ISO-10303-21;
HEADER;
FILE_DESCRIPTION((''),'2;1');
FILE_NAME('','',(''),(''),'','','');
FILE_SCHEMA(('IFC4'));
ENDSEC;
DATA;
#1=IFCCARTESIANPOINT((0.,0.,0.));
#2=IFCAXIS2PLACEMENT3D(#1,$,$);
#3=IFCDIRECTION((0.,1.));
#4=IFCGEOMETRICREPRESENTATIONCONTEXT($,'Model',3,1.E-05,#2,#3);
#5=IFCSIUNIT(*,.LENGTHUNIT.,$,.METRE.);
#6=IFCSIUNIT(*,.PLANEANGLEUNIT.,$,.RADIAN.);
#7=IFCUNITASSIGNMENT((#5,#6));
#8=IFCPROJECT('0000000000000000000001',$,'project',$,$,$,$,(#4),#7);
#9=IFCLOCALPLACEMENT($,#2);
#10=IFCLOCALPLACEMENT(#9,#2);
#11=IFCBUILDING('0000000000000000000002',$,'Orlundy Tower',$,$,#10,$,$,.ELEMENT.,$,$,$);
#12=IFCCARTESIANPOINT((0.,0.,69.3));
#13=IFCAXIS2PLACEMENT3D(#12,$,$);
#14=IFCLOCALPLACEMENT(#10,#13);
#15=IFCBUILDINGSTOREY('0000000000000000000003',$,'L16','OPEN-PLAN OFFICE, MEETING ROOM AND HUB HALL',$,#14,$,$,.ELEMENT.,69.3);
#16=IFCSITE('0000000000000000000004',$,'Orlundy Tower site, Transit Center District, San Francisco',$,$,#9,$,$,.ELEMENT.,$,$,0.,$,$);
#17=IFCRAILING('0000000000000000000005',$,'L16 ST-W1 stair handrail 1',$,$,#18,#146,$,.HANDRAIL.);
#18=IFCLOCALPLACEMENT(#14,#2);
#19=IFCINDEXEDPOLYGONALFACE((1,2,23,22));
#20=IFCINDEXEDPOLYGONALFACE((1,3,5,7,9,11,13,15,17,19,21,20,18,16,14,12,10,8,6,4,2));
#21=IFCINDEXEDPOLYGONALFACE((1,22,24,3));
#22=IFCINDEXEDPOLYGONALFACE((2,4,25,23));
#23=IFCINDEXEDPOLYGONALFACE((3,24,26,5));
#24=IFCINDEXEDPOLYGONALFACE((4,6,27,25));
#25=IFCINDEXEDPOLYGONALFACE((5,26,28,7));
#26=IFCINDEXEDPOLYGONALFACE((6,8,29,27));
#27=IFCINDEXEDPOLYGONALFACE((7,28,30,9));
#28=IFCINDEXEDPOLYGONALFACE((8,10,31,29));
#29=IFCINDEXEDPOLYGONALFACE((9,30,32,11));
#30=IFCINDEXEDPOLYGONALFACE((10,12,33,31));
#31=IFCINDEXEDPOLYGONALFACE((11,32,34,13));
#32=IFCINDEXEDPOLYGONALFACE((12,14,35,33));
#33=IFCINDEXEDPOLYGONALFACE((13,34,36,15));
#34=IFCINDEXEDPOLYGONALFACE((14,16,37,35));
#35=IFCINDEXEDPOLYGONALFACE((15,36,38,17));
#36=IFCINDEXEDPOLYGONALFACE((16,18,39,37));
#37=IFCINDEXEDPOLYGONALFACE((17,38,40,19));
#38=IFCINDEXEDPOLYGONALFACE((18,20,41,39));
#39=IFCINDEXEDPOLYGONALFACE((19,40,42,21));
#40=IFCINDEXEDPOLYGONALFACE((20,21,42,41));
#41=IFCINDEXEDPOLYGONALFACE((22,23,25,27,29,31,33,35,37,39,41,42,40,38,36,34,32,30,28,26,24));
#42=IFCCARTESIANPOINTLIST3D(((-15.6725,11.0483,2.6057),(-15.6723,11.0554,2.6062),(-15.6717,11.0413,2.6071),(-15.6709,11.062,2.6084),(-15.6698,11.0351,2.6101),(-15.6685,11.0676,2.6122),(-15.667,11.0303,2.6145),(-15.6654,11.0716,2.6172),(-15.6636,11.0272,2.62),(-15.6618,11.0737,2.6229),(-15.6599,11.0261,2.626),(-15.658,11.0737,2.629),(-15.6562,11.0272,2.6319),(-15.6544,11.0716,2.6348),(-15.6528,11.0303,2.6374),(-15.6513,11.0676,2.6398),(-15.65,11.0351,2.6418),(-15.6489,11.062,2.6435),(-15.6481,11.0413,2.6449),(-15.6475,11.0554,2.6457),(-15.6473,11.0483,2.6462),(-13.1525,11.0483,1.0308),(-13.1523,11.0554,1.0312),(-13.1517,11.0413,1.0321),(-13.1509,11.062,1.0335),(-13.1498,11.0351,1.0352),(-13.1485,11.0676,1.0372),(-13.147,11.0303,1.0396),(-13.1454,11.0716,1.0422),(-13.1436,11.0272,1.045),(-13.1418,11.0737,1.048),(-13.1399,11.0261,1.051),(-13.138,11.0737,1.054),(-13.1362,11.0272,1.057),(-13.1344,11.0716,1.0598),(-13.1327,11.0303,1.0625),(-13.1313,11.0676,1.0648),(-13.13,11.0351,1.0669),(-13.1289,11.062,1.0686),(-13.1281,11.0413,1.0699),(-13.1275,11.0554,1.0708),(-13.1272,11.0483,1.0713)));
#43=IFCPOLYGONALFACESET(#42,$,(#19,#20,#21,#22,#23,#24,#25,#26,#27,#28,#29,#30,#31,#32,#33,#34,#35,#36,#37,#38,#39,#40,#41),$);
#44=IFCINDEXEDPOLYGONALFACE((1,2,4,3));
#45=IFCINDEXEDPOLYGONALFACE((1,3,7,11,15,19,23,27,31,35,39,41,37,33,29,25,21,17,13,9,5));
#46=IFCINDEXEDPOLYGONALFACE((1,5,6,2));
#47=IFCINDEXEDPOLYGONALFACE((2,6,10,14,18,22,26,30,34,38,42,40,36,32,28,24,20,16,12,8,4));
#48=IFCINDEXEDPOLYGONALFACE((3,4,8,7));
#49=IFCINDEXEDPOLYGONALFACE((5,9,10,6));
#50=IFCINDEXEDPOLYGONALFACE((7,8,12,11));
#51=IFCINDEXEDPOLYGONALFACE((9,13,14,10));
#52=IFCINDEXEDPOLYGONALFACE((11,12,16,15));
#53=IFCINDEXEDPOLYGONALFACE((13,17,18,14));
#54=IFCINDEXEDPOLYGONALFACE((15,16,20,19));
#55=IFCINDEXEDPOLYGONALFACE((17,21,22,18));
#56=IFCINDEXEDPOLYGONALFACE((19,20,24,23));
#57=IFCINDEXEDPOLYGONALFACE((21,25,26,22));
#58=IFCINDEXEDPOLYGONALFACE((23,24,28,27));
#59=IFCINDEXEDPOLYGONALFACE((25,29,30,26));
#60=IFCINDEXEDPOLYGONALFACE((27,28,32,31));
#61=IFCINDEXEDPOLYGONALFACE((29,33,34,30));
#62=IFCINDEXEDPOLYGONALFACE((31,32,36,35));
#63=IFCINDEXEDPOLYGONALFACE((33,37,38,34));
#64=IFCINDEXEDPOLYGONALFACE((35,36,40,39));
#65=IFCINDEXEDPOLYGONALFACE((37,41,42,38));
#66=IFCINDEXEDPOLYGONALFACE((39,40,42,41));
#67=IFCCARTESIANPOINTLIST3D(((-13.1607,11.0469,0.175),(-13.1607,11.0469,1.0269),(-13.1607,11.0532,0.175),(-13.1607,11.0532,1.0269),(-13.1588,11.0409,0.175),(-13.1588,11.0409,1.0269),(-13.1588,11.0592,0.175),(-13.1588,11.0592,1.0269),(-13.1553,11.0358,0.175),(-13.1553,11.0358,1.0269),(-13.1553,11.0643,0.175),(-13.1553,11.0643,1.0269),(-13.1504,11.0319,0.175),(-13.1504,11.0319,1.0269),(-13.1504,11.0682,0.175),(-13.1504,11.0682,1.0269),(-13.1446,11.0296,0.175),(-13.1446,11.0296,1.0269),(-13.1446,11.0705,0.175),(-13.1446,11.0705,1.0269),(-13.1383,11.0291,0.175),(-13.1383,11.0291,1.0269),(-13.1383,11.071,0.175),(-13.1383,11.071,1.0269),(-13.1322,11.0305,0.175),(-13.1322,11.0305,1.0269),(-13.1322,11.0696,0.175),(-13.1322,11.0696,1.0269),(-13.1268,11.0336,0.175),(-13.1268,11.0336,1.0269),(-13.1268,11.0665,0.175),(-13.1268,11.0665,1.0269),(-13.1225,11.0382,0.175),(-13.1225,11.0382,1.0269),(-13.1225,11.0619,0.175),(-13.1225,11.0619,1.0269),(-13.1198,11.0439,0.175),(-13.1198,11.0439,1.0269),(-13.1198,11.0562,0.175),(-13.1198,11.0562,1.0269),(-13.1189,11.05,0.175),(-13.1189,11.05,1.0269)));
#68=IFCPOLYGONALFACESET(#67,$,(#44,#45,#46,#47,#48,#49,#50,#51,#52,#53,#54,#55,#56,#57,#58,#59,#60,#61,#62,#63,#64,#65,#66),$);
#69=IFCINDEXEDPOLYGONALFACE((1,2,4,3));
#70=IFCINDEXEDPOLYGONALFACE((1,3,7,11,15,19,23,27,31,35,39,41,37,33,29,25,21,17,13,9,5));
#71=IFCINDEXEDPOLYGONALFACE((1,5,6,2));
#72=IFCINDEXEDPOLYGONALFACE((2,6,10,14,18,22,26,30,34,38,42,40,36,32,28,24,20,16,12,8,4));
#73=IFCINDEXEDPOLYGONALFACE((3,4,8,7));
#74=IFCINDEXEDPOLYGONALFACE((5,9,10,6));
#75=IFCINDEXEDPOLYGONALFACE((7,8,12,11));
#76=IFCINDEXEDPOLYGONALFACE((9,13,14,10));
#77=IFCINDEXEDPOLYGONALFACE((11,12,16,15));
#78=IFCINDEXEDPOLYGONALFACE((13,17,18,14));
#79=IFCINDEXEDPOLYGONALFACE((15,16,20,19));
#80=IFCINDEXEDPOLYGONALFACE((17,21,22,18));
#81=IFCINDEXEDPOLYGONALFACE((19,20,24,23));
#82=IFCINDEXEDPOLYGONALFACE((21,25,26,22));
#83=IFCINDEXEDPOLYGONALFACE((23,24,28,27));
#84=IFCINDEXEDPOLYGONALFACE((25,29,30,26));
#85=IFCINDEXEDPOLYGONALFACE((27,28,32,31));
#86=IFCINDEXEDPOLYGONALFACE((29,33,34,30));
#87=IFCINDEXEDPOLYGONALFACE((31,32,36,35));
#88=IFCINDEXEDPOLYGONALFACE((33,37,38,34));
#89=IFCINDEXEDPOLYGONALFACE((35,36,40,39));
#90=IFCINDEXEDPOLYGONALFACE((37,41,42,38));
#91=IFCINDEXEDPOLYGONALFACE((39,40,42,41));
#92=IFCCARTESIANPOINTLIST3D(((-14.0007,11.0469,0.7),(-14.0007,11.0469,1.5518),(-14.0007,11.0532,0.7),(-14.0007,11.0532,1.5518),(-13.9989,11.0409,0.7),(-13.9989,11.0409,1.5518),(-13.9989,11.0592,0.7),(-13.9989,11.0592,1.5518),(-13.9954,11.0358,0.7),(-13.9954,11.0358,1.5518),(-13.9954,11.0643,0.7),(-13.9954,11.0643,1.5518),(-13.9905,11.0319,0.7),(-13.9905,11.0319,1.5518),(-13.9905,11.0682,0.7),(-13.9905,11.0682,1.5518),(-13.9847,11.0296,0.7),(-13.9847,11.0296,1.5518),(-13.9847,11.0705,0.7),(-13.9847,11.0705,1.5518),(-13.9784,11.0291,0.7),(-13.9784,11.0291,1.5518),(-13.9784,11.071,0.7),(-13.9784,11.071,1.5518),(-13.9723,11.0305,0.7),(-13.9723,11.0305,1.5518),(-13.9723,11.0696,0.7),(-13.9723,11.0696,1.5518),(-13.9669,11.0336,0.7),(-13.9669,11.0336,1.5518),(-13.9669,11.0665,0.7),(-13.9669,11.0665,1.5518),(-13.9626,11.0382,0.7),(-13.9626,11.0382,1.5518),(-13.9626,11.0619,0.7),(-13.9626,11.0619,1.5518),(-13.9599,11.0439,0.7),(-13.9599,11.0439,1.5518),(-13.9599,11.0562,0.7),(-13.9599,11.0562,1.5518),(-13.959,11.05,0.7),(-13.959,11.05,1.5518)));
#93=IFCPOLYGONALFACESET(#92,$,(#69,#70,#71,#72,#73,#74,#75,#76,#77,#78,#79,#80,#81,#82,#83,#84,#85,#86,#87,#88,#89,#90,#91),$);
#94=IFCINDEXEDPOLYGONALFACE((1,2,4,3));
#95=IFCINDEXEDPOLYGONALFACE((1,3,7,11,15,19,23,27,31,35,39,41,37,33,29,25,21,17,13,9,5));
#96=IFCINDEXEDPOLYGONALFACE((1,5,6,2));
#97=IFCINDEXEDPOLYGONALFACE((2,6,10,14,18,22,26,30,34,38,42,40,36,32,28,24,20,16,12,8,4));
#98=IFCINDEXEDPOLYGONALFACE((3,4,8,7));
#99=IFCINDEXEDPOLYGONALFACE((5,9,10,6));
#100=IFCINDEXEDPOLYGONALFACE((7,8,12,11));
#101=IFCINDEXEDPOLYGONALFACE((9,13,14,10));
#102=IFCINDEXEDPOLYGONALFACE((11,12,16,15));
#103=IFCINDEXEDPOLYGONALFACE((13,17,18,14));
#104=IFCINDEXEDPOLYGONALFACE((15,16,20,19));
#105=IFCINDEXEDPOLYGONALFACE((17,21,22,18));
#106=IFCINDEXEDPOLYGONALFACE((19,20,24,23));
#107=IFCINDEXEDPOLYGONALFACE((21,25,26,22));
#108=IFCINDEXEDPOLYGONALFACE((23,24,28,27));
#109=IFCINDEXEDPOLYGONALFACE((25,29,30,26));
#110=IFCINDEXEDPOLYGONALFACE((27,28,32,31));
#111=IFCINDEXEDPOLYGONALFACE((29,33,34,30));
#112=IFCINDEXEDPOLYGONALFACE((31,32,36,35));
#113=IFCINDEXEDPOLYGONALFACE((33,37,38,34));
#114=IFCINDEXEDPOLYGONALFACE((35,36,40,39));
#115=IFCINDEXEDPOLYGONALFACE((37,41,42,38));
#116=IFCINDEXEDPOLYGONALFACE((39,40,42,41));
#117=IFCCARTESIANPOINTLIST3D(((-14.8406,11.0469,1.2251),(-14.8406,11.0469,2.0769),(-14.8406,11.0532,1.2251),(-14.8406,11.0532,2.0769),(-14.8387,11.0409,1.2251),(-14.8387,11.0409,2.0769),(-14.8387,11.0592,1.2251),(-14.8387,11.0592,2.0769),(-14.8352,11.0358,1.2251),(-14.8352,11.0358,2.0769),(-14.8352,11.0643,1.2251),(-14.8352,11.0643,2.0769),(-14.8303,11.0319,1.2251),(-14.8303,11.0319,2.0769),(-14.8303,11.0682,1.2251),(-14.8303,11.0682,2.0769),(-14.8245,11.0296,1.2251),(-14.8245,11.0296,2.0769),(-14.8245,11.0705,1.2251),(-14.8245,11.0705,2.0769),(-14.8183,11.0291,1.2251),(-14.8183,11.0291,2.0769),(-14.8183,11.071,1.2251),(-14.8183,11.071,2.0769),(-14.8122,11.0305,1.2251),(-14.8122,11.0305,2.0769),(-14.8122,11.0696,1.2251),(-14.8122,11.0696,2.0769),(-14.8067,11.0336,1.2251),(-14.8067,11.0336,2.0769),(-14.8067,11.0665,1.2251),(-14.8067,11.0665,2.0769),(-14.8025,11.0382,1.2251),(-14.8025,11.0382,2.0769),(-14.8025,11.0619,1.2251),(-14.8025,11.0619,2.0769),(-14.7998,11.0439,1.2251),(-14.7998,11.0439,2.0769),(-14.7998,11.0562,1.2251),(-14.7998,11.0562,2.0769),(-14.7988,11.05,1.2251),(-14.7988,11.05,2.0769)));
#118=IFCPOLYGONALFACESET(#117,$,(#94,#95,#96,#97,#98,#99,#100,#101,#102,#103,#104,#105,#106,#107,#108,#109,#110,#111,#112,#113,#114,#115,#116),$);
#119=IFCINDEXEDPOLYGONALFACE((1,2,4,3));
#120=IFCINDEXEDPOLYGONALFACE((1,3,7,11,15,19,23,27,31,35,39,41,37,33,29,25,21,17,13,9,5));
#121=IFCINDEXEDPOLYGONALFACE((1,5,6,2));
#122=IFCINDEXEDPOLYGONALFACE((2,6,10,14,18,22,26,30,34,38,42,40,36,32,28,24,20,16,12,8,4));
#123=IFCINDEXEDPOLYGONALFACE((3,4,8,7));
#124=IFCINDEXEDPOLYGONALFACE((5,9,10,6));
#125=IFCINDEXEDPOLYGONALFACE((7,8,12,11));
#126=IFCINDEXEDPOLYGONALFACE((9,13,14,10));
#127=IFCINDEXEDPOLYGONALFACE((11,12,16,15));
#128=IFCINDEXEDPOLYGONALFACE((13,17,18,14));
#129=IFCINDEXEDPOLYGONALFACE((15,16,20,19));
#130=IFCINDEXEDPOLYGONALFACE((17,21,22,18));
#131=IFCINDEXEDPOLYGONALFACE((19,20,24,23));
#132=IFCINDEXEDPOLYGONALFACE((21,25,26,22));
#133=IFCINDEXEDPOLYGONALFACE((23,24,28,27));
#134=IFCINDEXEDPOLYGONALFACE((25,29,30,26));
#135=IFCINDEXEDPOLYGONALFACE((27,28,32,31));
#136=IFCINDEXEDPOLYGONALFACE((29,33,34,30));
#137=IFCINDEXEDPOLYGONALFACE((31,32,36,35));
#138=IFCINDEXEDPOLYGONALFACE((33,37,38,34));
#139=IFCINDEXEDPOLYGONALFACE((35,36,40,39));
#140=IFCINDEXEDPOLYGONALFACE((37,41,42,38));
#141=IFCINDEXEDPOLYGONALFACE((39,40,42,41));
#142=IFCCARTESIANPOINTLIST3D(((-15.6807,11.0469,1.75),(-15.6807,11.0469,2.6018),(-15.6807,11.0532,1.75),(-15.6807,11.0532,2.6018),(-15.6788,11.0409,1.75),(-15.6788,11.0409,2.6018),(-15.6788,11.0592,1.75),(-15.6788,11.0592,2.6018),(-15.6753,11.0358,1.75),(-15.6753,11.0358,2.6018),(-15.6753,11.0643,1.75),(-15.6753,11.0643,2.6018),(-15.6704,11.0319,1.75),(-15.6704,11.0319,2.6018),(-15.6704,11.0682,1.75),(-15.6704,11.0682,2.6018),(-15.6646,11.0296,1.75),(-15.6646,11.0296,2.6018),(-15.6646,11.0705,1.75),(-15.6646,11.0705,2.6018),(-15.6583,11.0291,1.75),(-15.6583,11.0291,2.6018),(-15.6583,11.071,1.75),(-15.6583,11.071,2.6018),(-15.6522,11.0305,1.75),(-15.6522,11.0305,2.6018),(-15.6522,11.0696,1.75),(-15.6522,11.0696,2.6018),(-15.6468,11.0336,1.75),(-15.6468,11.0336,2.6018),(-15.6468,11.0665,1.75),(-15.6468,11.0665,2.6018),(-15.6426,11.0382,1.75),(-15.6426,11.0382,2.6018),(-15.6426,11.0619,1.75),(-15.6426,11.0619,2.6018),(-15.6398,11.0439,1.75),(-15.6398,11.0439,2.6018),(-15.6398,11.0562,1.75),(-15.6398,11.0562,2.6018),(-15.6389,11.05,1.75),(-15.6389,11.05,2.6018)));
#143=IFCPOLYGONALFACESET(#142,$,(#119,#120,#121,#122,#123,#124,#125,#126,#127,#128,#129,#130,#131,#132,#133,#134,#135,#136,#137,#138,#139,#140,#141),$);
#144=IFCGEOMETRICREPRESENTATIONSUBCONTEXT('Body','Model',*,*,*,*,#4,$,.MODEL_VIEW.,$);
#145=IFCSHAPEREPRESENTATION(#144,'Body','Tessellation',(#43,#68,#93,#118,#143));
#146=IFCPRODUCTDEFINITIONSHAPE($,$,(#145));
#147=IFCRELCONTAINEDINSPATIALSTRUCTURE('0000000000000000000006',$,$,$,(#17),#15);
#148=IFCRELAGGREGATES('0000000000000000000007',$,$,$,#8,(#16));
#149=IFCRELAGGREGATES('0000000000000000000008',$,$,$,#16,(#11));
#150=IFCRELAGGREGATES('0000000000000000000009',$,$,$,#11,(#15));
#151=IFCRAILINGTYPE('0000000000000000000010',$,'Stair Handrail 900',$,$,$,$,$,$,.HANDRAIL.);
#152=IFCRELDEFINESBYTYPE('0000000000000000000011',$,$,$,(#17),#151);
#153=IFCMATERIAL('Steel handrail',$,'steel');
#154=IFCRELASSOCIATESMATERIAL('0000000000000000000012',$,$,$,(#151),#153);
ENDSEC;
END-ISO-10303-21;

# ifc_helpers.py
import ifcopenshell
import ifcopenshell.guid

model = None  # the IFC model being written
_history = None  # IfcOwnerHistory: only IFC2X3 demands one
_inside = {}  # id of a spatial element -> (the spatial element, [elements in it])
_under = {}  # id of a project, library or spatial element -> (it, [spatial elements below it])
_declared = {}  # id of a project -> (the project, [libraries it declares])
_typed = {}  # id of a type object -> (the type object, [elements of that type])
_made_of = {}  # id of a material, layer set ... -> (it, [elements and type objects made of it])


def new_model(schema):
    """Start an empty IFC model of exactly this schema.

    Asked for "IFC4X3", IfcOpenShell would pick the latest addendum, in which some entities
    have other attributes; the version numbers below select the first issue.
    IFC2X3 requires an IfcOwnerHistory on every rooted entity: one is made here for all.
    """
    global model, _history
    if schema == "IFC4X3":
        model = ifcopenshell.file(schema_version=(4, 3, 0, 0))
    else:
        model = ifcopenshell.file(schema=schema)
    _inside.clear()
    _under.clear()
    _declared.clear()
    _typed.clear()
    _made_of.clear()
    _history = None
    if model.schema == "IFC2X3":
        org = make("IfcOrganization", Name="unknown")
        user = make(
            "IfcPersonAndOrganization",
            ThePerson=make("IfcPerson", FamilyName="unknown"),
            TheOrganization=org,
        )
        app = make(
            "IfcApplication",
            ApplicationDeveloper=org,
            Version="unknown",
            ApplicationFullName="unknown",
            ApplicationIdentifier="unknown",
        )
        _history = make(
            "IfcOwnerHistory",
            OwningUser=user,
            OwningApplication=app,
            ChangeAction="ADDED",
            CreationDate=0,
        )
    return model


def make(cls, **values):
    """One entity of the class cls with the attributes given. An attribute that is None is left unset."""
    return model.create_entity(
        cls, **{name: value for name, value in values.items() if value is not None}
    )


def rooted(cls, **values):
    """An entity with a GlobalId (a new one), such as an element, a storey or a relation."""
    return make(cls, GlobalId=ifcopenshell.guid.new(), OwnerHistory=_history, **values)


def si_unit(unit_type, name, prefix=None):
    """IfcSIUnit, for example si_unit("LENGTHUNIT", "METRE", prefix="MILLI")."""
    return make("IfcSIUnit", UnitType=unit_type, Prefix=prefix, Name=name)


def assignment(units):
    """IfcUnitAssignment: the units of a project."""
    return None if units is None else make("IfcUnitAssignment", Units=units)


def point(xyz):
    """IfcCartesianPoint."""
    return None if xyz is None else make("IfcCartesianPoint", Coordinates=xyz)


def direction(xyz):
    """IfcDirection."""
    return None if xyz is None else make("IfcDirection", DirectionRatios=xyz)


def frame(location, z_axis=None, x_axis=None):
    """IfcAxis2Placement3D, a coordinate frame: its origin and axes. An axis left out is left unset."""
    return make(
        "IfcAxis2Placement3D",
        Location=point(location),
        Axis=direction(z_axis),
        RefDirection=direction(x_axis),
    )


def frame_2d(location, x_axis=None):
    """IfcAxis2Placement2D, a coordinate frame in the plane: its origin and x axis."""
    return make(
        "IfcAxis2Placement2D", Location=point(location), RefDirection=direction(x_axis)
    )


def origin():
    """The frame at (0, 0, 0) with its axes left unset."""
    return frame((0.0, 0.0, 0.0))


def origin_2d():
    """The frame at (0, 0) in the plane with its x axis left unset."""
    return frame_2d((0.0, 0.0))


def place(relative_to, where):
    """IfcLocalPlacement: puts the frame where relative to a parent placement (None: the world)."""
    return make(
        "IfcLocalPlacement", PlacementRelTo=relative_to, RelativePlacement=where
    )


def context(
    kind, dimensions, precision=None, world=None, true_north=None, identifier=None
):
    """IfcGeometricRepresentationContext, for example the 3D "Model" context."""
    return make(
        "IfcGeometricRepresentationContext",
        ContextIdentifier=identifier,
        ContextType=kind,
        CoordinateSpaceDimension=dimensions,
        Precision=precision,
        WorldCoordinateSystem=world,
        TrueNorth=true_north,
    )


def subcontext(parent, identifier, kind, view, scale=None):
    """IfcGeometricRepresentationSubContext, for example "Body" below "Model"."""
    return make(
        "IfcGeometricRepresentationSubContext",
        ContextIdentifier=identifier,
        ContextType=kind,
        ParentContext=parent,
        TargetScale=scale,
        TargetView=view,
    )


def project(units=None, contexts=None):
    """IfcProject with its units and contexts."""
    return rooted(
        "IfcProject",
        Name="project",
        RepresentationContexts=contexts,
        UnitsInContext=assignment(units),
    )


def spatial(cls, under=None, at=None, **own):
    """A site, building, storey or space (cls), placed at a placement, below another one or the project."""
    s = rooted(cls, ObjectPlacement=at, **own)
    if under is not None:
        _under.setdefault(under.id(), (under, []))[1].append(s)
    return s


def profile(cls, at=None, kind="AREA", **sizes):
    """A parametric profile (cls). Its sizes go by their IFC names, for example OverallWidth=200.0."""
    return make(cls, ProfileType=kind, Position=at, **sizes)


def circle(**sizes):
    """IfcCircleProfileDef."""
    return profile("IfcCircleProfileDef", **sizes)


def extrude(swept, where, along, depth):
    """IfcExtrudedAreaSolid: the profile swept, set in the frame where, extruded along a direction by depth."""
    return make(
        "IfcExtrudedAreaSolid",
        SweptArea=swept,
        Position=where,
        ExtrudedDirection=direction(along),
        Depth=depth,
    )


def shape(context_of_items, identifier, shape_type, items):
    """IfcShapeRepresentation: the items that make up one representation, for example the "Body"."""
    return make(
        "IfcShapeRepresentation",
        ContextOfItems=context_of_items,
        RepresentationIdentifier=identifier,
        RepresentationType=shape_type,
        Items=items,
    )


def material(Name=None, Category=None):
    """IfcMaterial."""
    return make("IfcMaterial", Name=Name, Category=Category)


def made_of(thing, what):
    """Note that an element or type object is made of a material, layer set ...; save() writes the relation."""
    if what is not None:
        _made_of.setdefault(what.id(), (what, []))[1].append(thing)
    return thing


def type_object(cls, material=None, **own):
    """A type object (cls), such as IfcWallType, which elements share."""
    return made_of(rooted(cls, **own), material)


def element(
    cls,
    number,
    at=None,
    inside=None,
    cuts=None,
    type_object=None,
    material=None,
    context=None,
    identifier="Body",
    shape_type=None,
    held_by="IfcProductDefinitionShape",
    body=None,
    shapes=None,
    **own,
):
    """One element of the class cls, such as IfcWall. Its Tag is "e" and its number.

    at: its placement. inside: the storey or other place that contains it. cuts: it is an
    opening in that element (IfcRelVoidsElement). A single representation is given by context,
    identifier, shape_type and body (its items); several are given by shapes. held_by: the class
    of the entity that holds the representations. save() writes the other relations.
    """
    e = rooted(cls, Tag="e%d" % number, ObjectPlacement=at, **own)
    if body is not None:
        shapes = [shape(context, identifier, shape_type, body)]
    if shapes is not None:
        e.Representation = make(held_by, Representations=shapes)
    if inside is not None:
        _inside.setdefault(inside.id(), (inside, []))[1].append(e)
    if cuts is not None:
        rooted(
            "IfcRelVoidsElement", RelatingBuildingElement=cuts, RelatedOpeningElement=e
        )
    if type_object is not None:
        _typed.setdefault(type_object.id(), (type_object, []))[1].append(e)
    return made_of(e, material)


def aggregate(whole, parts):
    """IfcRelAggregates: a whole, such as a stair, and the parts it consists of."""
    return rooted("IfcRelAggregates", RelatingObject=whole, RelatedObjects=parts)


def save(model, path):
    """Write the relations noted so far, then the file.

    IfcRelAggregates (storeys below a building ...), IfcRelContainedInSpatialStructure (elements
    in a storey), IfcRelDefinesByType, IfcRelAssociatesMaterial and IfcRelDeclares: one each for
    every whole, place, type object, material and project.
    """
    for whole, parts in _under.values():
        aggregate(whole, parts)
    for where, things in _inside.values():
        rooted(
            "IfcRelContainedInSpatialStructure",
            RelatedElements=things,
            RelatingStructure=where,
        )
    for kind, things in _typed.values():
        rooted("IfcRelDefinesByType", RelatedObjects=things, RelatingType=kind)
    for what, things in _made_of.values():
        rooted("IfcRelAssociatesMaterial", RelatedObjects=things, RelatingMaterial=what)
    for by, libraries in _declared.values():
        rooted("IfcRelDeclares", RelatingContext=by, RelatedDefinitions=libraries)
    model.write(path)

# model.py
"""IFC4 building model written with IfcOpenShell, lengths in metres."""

from ifc_helpers import new_model, si_unit, direction, frame, origin, origin_2d, place, context, subcontext, project, spatial, circle, extrude, material, type_object, element, save


model = new_model("IFC4")

# Units and contexts
model_context = context("Model", 3, precision=1e-05, world=origin(), true_north=direction((0.0, 1.0)))
body_context = subcontext(model_context, "Body", "Model", "MODEL_VIEW")
ifc_project = project(units=[si_unit("LENGTHUNIT", "METRE"), si_unit("PLANEANGLEUNIT", "RADIAN")], contexts=[model_context])

# Site, building, storey
site_placement = place(None, origin())
site = spatial("IfcSite", under=ifc_project, at=site_placement, Name="Orlundy Tower site, Transit Center District, San Francisco", CompositionType="ELEMENT", RefElevation=0.0)
building_placement = place(site_placement, origin())
building = spatial("IfcBuilding", under=site, at=building_placement, Name="Orlundy Tower", CompositionType="ELEMENT")
storey_placement = place(building_placement, frame((0.0, 0.0, 69.3)))
storey = spatial("IfcBuildingStorey", under=building, at=storey_placement, Name="L16", Description="OPEN-PLAN OFFICE, MEETING ROOM AND HUB HALL", CompositionType="ELEMENT", Elevation=69.3)

# Railing
ifc_material_1 = material(Name="Steel handrail", Category="steel")
railing_type_1 = type_object("IfcRailingType", Name="Stair Handrail 900", PredefinedType="HANDRAIL", material=ifc_material_1)
railing_1_placement = place(storey_placement, frame((-13.1399, 11.05, 0.175)))
element("IfcRailing", 1, at=railing_1_placement, inside=storey, type_object=railing_type_1, Name="L16 ST-W1 stair handrail 1", PredefinedType="HANDRAIL", context=body_context, shape_type="SweptSolid", body=[
    extrude(circle(Radius=0.0239, at=origin_2d()), frame((0.0, 0.0, 0.876), z_axis=(-0.848008, 0.0, 0.529984), x_axis=(0.0, -1.0, 0.0)), (0.0, 0.0, 1.0), 2.9717),
    extrude(circle(Radius=0.021, at=origin_2d()), origin(), (0.0, 0.0, 1.0), 0.8518),
    extrude(circle(Radius=0.021, at=origin_2d()), frame((-0.8401, 0.0, 0.5249)), (0.0, 0.0, 1.0), 0.8518),
    extrude(circle(Radius=0.021, at=origin_2d()), frame((-1.6799, 0.0, 1.05)), (0.0, 0.0, 1.0), 0.8518),
    extrude(circle(Radius=0.021, at=origin_2d()), frame((-2.52, 0.0, 1.575)), (0.0, 0.0, 1.0), 0.8518),
])

save(model, "model.ifc")
